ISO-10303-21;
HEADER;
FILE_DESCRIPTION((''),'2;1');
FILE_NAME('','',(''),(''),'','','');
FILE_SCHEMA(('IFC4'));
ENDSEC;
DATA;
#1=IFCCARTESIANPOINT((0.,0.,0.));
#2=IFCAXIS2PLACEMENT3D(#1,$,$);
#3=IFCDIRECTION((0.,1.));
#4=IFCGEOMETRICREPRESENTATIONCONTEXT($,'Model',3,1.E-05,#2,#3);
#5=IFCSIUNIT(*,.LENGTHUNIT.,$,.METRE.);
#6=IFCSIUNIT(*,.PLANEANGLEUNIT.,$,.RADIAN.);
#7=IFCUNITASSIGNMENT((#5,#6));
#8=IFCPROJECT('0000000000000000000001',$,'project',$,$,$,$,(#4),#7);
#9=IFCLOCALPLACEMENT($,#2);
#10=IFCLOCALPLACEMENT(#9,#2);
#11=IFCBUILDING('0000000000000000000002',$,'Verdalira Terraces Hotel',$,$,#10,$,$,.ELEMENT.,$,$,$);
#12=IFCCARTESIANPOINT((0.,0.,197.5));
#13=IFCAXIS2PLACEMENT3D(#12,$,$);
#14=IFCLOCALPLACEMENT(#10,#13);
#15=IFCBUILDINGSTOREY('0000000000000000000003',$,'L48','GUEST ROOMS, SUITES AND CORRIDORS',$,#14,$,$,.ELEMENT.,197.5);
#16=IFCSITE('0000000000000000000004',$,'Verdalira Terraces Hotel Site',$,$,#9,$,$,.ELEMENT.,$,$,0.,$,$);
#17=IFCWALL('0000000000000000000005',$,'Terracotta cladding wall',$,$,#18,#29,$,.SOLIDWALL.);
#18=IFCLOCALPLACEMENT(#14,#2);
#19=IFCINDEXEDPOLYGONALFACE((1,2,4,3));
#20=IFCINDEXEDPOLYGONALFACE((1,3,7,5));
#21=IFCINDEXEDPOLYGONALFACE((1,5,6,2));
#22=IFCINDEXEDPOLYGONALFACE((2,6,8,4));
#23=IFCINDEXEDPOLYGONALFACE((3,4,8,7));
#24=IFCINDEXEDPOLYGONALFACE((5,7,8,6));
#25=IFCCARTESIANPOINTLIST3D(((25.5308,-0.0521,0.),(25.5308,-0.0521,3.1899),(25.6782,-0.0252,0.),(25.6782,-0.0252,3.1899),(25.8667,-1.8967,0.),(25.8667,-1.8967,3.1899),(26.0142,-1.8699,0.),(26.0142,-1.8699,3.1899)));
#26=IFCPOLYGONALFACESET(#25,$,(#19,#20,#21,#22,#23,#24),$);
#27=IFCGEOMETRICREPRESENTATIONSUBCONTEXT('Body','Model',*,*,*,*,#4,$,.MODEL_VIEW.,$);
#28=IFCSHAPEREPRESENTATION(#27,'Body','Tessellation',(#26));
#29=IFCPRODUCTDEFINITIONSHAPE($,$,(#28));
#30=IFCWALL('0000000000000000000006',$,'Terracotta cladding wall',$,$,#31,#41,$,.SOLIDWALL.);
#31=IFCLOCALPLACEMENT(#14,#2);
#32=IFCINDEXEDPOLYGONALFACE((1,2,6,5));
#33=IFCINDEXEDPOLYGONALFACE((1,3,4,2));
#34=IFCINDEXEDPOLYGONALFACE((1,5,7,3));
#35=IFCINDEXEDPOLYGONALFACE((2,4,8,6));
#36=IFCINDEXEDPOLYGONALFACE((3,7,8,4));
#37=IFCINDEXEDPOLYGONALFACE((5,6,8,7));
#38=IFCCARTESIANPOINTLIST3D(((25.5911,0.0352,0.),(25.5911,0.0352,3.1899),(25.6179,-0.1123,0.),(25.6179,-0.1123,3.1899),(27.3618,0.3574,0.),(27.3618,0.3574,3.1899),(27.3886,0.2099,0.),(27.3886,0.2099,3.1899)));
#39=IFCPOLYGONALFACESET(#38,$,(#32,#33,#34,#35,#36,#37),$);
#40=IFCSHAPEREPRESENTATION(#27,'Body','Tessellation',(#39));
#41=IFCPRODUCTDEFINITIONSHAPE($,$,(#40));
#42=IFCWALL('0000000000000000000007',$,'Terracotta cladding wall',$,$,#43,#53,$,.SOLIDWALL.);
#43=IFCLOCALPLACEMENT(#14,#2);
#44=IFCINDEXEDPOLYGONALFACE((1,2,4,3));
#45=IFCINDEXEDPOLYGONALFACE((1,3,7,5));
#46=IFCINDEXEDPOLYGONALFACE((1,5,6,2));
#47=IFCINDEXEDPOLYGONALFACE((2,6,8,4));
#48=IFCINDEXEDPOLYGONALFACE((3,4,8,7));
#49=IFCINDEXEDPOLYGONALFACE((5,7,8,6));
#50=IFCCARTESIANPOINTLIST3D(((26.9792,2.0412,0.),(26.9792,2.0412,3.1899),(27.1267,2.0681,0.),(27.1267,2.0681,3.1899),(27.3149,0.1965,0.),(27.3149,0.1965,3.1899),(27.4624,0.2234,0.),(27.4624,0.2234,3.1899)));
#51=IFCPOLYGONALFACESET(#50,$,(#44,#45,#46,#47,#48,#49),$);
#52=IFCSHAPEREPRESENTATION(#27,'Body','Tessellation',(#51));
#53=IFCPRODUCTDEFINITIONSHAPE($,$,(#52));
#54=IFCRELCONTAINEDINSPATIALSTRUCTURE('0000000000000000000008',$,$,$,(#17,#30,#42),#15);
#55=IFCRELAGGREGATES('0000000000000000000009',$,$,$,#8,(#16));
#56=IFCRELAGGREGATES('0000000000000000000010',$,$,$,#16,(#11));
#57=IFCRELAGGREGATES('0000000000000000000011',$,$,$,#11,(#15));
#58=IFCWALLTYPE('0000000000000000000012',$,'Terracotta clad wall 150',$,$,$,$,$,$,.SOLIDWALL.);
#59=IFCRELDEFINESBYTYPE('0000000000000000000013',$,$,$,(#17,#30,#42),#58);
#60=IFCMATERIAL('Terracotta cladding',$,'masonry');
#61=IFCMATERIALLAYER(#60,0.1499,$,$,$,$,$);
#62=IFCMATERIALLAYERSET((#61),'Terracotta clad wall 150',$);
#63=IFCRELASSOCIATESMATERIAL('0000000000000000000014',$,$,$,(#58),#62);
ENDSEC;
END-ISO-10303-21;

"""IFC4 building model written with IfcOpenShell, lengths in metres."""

from ifc_helpers import new_model, si_unit, direction, frame, frame_2d, origin, place, context, subcontext, project, spatial, rectangle, extrude, material, layer, layer_set, type_object, element, save


model = new_model("IFC4")

# Units and contexts
model_context = context("Model", 3, precision=1e-05, world=origin(), true_north=direction((0.0, 1.0)))
body_context = subcontext(model_context, "Body", "Model", "MODEL_VIEW")
ifc_project = project(units=[si_unit("LENGTHUNIT", "METRE"), si_unit("PLANEANGLEUNIT", "RADIAN")], contexts=[model_context])

# Site, building, storey
site_placement = place(None, origin())
site = spatial("IfcSite", under=ifc_project, at=site_placement, Name="Verdalira Terraces Hotel Site", CompositionType="ELEMENT", RefElevation=0.0)
building_placement = place(site_placement, origin())
building = spatial("IfcBuilding", under=site, at=building_placement, Name="Verdalira Terraces Hotel", CompositionType="ELEMENT")
storey_placement = place(building_placement, frame((0.0, 0.0, 197.5)))
storey = spatial("IfcBuildingStorey", under=building, at=storey_placement, Name="L48", Description="GUEST ROOMS, SUITES AND CORRIDORS", CompositionType="ELEMENT", Elevation=197.5)

# Walls
ifc_material_1 = material(Name="Terracotta cladding", Category="masonry")
ifc_layer_1 = layer(ifc_material_1, 0.1499)
ifc_layer_set_1 = layer_set([ifc_layer_1], Name="Terracotta clad wall 150")
wall_type_1 = type_object("IfcWallType", Name="Terracotta clad wall 150", PredefinedType="SOLIDWALL", material=ifc_layer_set_1)
wall_1_placement = place(storey_placement, frame((25.9404, -1.8833, 0.0), z_axis=(0.0, 0.0, 1.0), x_axis=(-0.17916, 0.98382, 0.0)))
element("IfcWall", 1, at=wall_1_placement, inside=storey, type_object=wall_type_1, Name="Terracotta cladding wall", PredefinedType="SOLIDWALL", context=body_context, shape_type="SweptSolid", body=[
    extrude(rectangle(XDim=1.875, YDim=0.1499, at=frame_2d((0.9375, 0.0))), origin(), (0.0, 0.0, 1.0), 3.1899),
])
wall_2_placement = place(storey_placement, frame((25.6045, -0.0386, 0.0), z_axis=(0.0, 0.0, 1.0), x_axis=(0.98384, 0.179053, 0.0)))
element("IfcWall", 2, at=wall_2_placement, inside=storey, type_object=wall_type_1, Name="Terracotta cladding wall", PredefinedType="SOLIDWALL", context=body_context, shape_type="SweptSolid", body=[
    extrude(rectangle(XDim=1.7998, YDim=0.1499, at=frame_2d((0.8999, 0.0))), origin(), (0.0, 0.0, 1.0), 3.1899),
])
wall_3_placement = place(storey_placement, frame((27.3887, 0.21, 0.0), z_axis=(0.0, 0.0, 1.0), x_axis=(-0.179034, 0.983843, 0.0)))
element("IfcWall", 3, at=wall_3_placement, inside=storey, type_object=wall_type_1, Name="Terracotta cladding wall", PredefinedType="SOLIDWALL", context=body_context, shape_type="SweptSolid", body=[
    extrude(rectangle(XDim=1.875, YDim=0.1499, at=frame_2d((0.9375, 0.0))), origin(), (0.0, 0.0, 1.0), 3.1899),
])

save(model, "model.ifc")
